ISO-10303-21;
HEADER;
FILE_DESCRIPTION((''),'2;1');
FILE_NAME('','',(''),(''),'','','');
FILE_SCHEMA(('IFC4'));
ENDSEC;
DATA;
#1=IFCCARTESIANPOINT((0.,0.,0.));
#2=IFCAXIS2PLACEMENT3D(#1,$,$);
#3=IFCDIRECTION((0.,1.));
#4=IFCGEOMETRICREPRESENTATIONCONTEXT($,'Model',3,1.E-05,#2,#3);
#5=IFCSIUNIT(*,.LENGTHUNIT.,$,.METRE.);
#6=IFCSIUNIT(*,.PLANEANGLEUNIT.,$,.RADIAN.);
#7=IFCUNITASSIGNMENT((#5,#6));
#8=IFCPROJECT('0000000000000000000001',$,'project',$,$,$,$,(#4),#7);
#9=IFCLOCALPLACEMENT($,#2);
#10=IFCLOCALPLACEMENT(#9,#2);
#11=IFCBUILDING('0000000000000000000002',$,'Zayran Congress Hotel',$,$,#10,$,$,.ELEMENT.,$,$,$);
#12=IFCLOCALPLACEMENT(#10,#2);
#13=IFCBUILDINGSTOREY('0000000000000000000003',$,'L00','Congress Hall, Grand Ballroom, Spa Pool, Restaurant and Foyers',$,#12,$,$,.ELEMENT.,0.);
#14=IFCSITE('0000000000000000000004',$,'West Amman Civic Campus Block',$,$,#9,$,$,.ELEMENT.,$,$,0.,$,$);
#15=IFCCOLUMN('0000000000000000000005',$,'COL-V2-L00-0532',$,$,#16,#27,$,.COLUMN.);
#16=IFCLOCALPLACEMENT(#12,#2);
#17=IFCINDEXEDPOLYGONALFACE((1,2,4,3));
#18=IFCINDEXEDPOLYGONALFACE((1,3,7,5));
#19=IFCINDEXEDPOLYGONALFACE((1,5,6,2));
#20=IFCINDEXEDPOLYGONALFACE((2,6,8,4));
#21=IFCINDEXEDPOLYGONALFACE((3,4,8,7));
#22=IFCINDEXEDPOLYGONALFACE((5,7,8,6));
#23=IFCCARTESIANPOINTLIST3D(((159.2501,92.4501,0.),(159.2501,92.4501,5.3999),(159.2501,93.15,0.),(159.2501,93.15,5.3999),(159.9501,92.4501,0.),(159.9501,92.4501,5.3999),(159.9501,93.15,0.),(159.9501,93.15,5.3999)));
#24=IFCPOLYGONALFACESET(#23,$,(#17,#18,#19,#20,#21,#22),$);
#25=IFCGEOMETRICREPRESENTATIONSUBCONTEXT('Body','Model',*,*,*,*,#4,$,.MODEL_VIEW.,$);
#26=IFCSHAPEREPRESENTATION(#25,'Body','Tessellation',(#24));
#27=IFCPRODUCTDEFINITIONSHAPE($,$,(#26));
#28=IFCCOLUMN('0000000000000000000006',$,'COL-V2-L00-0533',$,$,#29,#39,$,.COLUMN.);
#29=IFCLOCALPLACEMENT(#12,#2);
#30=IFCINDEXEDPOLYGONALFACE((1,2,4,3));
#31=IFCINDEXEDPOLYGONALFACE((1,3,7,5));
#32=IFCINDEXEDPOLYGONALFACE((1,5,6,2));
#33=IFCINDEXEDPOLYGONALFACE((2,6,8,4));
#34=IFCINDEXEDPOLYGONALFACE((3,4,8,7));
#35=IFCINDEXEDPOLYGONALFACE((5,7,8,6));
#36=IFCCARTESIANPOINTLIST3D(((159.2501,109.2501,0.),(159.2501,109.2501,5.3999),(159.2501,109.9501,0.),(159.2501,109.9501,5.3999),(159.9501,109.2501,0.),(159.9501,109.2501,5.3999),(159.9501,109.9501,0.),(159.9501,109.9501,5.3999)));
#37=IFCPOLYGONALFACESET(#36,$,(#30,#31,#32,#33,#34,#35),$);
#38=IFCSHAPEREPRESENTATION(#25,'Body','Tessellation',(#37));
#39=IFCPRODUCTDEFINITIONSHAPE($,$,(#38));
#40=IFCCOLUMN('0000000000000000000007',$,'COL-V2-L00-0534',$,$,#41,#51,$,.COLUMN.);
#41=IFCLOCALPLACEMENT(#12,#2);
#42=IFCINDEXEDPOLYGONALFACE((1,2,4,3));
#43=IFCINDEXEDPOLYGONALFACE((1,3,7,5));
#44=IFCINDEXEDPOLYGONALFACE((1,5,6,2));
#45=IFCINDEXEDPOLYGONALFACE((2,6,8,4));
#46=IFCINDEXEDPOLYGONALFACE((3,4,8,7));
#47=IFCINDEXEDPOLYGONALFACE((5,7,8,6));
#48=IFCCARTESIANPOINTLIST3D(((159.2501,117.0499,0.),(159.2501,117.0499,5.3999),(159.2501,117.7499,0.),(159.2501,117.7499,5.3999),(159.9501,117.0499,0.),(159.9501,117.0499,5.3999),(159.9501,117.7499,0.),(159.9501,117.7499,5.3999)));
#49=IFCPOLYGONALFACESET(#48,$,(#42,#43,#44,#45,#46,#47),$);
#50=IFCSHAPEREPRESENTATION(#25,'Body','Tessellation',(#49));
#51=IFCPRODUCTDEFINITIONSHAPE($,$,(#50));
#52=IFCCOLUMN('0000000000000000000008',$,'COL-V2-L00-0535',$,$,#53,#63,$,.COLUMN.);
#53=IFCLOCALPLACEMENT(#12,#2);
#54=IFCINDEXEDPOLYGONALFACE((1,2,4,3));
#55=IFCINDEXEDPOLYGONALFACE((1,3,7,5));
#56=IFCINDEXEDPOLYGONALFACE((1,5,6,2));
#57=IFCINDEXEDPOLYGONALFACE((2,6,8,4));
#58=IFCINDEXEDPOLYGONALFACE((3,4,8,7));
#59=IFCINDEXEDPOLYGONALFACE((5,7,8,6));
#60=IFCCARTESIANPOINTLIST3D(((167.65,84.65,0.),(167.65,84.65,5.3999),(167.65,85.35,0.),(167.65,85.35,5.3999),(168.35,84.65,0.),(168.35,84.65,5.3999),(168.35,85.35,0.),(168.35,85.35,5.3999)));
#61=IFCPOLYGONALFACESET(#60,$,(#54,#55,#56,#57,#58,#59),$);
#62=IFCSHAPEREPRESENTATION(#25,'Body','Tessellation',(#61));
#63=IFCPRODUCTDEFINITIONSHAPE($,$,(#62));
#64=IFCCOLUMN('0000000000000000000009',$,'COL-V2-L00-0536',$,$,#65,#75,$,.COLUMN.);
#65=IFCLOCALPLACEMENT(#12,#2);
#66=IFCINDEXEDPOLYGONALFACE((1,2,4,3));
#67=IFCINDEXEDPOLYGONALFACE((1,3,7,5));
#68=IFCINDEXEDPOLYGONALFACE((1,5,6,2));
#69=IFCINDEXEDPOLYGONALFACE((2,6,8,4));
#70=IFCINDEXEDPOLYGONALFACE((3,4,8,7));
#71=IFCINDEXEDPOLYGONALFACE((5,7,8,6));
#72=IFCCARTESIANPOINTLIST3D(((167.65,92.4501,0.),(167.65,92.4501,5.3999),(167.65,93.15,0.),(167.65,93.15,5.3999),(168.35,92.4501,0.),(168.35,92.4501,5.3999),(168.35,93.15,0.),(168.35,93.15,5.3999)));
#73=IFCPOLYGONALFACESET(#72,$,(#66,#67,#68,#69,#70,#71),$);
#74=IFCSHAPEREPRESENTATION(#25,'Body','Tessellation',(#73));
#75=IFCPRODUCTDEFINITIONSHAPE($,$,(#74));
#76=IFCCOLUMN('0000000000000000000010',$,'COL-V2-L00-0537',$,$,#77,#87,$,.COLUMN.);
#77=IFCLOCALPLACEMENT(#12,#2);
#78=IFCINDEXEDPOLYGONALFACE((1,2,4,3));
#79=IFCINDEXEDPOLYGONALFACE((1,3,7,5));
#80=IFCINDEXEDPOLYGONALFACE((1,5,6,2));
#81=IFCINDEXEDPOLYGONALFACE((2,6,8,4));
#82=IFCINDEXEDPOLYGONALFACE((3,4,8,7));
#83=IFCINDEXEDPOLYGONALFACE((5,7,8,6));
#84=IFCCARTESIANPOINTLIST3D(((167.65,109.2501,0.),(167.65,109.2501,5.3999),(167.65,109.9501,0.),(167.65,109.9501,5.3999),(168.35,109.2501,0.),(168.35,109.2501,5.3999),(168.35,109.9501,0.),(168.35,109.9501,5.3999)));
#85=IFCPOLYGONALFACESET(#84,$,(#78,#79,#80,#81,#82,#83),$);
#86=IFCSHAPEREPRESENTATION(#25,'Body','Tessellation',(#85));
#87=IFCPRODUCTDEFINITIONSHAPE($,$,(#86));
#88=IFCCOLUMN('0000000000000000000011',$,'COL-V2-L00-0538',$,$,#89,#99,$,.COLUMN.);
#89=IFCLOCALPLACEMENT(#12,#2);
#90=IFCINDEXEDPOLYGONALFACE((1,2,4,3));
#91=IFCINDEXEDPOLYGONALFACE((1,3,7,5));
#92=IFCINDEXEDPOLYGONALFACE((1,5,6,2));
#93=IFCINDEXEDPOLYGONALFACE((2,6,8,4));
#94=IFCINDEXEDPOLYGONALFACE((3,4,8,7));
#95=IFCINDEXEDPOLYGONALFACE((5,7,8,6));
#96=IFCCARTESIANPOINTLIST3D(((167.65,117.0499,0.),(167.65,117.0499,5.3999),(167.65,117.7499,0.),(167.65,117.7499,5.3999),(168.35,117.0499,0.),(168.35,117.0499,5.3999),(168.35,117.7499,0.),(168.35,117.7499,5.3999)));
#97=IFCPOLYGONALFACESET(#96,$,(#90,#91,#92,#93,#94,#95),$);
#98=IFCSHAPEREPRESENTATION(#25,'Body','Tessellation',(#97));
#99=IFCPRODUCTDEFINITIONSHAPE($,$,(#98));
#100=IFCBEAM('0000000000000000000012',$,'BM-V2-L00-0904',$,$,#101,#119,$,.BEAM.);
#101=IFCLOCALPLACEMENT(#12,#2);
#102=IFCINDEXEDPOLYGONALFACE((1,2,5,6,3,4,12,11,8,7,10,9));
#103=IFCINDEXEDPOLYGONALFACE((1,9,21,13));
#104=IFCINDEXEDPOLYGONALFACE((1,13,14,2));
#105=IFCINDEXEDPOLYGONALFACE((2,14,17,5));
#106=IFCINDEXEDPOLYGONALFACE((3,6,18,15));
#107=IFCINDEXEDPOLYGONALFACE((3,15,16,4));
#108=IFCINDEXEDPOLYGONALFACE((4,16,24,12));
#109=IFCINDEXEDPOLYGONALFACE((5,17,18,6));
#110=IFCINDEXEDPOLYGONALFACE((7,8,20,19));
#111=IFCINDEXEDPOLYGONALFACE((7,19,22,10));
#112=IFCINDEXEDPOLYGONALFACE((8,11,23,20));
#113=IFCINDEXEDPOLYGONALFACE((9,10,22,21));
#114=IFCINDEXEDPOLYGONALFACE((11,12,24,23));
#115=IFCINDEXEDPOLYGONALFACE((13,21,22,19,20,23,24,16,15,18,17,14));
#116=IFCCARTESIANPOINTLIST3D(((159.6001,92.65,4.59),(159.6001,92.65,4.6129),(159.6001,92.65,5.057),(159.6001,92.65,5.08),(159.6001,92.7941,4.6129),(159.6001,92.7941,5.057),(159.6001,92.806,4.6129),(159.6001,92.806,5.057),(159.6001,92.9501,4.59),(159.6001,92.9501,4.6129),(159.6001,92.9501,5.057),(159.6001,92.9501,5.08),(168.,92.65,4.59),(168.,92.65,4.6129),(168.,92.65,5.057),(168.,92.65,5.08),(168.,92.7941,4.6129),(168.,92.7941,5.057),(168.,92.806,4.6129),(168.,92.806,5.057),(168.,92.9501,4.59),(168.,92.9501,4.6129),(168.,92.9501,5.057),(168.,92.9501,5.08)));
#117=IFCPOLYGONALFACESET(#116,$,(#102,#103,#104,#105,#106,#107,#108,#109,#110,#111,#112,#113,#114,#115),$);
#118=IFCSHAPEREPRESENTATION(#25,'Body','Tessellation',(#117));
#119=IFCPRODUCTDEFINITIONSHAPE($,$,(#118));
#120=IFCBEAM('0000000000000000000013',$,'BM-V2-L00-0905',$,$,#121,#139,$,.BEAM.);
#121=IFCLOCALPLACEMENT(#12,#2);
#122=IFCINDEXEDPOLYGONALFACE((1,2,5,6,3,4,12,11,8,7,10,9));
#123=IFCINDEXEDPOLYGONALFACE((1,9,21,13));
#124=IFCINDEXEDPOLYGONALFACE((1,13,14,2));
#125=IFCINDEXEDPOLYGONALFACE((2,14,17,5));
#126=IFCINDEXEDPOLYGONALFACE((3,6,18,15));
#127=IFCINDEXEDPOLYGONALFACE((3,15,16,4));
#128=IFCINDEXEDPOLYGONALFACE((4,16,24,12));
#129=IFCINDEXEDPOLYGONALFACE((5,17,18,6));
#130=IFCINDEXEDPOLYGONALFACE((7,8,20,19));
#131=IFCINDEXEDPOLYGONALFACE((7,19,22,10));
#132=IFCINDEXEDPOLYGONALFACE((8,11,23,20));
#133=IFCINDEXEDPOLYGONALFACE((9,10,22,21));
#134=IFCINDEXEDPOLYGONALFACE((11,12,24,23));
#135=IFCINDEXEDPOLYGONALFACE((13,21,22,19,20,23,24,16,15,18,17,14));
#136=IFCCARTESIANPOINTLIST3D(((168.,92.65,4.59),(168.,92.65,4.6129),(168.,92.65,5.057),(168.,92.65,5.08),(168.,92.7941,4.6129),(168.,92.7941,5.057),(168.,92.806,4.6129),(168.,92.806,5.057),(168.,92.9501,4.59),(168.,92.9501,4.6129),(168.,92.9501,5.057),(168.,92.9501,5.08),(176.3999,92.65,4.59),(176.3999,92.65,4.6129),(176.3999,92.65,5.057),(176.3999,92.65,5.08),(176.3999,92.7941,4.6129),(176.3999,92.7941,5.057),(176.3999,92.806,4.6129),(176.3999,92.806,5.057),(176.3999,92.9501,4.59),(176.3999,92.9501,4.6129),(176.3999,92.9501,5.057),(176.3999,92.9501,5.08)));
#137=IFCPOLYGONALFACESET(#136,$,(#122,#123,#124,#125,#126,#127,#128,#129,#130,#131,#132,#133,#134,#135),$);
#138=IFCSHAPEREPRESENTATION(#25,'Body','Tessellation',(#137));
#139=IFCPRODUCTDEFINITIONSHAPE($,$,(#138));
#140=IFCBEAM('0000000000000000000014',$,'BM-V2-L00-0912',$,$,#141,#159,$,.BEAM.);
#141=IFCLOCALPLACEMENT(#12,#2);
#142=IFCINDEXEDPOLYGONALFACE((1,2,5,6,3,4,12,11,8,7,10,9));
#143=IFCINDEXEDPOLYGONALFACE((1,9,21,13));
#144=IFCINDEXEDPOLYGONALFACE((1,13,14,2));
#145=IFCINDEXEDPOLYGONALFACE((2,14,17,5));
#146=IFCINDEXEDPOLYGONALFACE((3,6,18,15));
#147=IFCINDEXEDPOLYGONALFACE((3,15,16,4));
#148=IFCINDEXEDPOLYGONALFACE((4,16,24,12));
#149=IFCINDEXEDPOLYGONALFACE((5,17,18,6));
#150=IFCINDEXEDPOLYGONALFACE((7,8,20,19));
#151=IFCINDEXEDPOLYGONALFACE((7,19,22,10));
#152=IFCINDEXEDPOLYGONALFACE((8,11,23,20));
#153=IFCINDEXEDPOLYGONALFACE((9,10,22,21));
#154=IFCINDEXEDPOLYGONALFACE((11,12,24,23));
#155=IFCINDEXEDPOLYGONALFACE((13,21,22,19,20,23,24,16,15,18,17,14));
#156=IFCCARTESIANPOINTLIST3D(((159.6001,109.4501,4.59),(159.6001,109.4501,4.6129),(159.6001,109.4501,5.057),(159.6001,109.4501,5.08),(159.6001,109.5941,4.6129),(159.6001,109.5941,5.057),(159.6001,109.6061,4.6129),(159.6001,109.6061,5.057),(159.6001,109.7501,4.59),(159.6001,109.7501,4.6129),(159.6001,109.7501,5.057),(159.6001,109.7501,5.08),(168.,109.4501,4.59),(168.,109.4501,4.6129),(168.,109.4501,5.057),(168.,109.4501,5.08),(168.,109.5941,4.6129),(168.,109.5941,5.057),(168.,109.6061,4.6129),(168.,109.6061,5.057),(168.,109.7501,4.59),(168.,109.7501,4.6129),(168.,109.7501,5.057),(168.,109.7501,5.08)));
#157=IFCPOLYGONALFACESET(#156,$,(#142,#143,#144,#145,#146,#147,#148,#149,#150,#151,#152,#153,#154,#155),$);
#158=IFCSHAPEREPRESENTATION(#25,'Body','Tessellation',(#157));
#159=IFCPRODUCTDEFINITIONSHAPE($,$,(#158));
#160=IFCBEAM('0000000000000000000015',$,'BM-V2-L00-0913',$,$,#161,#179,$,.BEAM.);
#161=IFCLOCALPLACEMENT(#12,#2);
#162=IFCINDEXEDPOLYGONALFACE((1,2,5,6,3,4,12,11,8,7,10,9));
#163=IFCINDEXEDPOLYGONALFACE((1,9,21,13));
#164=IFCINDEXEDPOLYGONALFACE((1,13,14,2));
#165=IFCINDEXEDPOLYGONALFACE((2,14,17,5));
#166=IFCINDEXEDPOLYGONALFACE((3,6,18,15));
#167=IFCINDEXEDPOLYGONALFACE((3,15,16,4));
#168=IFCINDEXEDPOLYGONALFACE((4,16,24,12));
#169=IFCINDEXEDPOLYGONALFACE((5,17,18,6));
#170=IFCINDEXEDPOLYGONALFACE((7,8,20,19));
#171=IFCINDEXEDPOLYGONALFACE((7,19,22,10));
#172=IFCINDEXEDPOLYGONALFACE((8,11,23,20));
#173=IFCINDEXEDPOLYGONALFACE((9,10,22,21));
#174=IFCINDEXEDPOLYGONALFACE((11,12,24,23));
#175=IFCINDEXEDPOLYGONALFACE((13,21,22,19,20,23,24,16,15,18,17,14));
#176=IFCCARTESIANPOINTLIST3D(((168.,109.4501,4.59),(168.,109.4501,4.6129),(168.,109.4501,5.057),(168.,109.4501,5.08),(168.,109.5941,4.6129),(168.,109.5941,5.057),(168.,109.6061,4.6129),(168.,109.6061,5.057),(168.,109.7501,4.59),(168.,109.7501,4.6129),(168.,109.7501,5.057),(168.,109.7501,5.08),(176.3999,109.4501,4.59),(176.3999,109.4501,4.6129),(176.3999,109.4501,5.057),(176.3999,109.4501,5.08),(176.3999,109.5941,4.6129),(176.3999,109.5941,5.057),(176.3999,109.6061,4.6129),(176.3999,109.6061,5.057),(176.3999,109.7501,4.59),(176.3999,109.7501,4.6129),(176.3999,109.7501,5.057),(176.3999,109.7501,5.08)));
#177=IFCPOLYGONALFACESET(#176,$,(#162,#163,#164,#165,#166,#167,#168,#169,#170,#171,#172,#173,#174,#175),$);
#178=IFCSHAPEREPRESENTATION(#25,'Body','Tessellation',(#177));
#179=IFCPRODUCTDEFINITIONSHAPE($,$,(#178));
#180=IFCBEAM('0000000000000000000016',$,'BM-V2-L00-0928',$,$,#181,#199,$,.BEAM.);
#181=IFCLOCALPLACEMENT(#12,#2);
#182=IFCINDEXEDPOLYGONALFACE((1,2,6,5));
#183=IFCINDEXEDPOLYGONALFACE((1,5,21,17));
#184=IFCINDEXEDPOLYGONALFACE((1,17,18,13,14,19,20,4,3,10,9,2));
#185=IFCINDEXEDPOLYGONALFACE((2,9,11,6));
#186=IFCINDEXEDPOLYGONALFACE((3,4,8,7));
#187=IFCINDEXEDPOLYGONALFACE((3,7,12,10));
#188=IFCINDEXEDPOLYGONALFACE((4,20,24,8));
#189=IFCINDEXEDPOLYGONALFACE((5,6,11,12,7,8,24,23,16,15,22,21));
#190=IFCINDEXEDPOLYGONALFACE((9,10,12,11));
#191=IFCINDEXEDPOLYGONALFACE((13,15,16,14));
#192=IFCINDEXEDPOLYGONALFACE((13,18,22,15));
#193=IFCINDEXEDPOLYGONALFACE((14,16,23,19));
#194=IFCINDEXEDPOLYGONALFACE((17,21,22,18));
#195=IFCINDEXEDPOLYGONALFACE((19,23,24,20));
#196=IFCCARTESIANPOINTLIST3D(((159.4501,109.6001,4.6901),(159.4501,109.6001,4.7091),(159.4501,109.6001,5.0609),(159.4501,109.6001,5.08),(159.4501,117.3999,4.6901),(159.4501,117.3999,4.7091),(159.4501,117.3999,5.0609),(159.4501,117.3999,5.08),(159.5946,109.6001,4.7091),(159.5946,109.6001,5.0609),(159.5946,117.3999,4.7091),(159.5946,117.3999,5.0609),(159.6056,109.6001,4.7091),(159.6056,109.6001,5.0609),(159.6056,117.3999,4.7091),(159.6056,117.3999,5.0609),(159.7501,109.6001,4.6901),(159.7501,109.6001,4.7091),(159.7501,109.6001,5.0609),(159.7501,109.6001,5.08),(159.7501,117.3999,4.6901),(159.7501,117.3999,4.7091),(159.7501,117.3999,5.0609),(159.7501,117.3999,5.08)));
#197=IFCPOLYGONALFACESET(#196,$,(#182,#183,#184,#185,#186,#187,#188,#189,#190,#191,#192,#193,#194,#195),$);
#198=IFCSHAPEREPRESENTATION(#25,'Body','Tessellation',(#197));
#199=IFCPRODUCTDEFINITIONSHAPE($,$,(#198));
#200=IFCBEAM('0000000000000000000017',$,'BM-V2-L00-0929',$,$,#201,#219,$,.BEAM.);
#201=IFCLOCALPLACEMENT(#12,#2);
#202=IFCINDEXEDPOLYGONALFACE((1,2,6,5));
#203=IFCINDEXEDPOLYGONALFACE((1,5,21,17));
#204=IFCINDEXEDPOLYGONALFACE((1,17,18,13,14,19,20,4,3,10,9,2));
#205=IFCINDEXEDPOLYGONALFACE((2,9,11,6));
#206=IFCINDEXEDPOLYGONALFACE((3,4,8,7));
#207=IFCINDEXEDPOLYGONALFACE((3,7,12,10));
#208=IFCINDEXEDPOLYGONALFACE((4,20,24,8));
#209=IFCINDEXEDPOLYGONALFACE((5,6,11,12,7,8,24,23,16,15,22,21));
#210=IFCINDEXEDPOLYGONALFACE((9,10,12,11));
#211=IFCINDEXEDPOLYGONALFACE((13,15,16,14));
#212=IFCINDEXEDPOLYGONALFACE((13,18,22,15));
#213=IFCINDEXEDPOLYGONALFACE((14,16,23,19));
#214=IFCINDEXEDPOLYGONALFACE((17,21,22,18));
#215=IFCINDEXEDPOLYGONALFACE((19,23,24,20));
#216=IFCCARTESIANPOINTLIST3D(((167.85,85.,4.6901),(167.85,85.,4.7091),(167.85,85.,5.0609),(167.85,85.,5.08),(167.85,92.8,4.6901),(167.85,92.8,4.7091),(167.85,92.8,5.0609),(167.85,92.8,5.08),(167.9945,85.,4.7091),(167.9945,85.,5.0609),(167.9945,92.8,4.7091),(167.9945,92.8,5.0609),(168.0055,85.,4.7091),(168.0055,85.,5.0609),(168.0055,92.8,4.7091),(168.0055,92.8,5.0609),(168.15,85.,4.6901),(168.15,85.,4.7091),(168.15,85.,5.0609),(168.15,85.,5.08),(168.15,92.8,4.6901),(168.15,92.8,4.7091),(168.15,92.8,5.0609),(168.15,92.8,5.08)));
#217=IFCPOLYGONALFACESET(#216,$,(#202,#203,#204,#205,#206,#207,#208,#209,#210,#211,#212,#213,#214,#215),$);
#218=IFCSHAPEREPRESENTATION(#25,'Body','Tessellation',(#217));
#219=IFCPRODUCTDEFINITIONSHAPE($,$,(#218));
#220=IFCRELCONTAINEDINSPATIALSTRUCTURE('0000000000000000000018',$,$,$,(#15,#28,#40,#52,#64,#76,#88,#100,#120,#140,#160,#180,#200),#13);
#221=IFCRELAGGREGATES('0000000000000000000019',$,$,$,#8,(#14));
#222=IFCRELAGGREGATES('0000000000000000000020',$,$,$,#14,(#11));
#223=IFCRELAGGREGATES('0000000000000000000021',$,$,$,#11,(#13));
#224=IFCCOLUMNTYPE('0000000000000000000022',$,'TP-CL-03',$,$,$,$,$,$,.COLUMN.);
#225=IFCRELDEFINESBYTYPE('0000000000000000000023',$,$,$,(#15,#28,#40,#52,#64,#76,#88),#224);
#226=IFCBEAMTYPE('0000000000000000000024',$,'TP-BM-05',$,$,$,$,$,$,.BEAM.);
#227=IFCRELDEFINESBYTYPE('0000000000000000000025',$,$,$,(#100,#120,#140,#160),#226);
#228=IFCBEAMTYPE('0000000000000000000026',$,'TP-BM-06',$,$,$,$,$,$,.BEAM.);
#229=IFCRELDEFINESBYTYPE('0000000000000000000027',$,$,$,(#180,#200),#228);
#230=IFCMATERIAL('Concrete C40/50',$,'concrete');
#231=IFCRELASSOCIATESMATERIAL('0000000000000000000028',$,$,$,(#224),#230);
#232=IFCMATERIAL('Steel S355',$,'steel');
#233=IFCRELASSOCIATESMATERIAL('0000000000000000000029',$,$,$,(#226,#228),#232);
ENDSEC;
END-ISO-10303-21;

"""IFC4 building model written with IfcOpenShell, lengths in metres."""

from ifc_helpers import new_model, si_unit, direction, frame, origin, origin_2d, place, context, subcontext, project, spatial, rectangle, i_section, extrude, material, material_profile, profile_set, type_object, element, save


model = new_model("IFC4")

# Units and contexts
model_context = context("Model", 3, precision=1e-05, world=origin(), true_north=direction((0.0, 1.0)))
body_context = subcontext(model_context, "Body", "Model", "MODEL_VIEW")
ifc_project = project(units=[si_unit("LENGTHUNIT", "METRE"), si_unit("PLANEANGLEUNIT", "RADIAN")], contexts=[model_context])

# Site, building, storey
site_placement = place(None, origin())
site = spatial("IfcSite", under=ifc_project, at=site_placement, Name="West Amman Civic Campus Block", CompositionType="ELEMENT", RefElevation=0.0)
building_placement = place(site_placement, origin())
building = spatial("IfcBuilding", under=site, at=building_placement, Name="Zayran Congress Hotel", CompositionType="ELEMENT")
storey_placement = place(building_placement, origin())
storey = spatial("IfcBuildingStorey", under=building, at=storey_placement, Name="L00", Description="Congress Hall, Grand Ballroom, Spa Pool, Restaurant and Foyers", CompositionType="ELEMENT", Elevation=0.0)

# Columns
ifc_material_1 = material(Name="Concrete C40/50", Category="concrete")
ifc_material_profile_1 = material_profile(ifc_material_1, rectangle(XDim=0.7, YDim=0.7, at=origin_2d()), Name="RC 700x700")
ifc_profile_set_1 = profile_set([ifc_material_profile_1], Name="Concrete C40/50")
column_type = type_object("IfcColumnType", Name="TP-CL-03", PredefinedType="COLUMN", material=ifc_profile_set_1)
for number, where, z_axis, x_axis, name in (
    (1, (159.6001, 92.8, 0.0), (0.0, 0.0, 1.0), (1.0, 0.0, 0.0), "COL-V2-L00-0532"),
    (2, (159.6001, 109.6001, 0.0), (0.0, 0.0, 1.0), (1.0, 0.0, 0.0), "COL-V2-L00-0533"),
    (3, (159.6001, 117.3999, 0.0), (0.0, 0.0, 1.0), (1.0, 0.0, 0.0), "COL-V2-L00-0534"),
    (4, (168.0, 85.0, 0.0), (0.0, 0.0, 1.0), (1.0, 0.0, 0.0), "COL-V2-L00-0535"),
    (5, (168.0, 92.8, 0.0), (0.0, 0.0, 1.0), (1.0, 0.0, 0.0), "COL-V2-L00-0536"),
    (6, (168.0, 109.6001, 0.0), (0.0, 0.0, 1.0), (1.0, 0.0, 0.0), "COL-V2-L00-0537"),
    (7, (168.0, 117.3999, 0.0), (0.0, 0.0, 1.0), (1.0, 0.0, 0.0), "COL-V2-L00-0538"),
):
    element("IfcColumn", number, at=place(storey_placement, frame(where, z_axis=z_axis, x_axis=x_axis)), inside=storey, type_object=column_type, Name=name, PredefinedType="COLUMN", context=body_context, shape_type="SweptSolid", body=[
        extrude(rectangle(XDim=0.7, YDim=0.7, at=origin_2d()), origin(), (0.0, 0.0, 1.0), 5.3999),
    ])

# Beams
ifc_material_2 = material(Name="Steel S355", Category="steel")
ifc_material_profile_2 = material_profile(ifc_material_2, i_section(OverallWidth=0.3, OverallDepth=0.49, WebThickness=0.012, FlangeThickness=0.0229, at=origin_2d()), Name="HEA 500")
ifc_profile_set_2 = profile_set([ifc_material_profile_2], Name="Steel S355")
beam_type_1 = type_object("IfcBeamType", Name="TP-BM-05", PredefinedType="BEAM", material=ifc_profile_set_2)
for number, where, z_axis, x_axis, name in (
    (8, (159.6001, 92.8, 4.835), (1.0, 0.0, 0.0), (0.0, 1.0, 0.0), "BM-V2-L00-0904"),
    (9, (168.0, 92.8, 4.835), (1.0, 0.0, 0.0), (0.0, 1.0, 0.0), "BM-V2-L00-0905"),
    (10, (159.6001, 109.6001, 4.835), (1.0, 0.0, 0.0), (0.0, 1.0, 0.0), "BM-V2-L00-0912"),
    (11, (168.0, 109.6001, 4.835), (1.0, 0.0, 0.0), (0.0, 1.0, 0.0), "BM-V2-L00-0913"),
):
    element("IfcBeam", number, at=place(storey_placement, frame(where, z_axis=z_axis, x_axis=x_axis)), inside=storey, type_object=beam_type_1, Name=name, PredefinedType="BEAM", context=body_context, shape_type="SweptSolid", body=[
        extrude(i_section(OverallWidth=0.3, OverallDepth=0.49, WebThickness=0.012, FlangeThickness=0.0229, at=origin_2d()), origin(), (0.0, 0.0, 1.0), 8.3999),
    ])
ifc_material_profile_3 = material_profile(ifc_material_2, i_section(OverallWidth=0.3, OverallDepth=0.3899, WebThickness=0.011, FlangeThickness=0.019, at=origin_2d()), Name="HEA 400")
ifc_profile_set_3 = profile_set([ifc_material_profile_3], Name="Steel S355")
beam_type_2 = type_object("IfcBeamType", Name="TP-BM-06", PredefinedType="BEAM", material=ifc_profile_set_3)
beam_1_placement = place(storey_placement, frame((159.6001, 109.6001, 4.885), z_axis=(0.0, 1.0, 0.0), x_axis=(-1.0, 0.0, 0.0)))
element("IfcBeam", 12, at=beam_1_placement, inside=storey, type_object=beam_type_2, Name="BM-V2-L00-0928", PredefinedType="BEAM", context=body_context, shape_type="SweptSolid", body=[
    extrude(i_section(OverallWidth=0.3, OverallDepth=0.3899, WebThickness=0.011, FlangeThickness=0.019, at=origin_2d()), origin(), (0.0, 0.0, 1.0), 7.7998),
])
beam_2_placement = place(storey_placement, frame((168.0, 85.0, 4.885), z_axis=(0.0, 1.0, 0.0), x_axis=(-1.0, 0.0, 0.0)))
element("IfcBeam", 13, at=beam_2_placement, inside=storey, type_object=beam_type_2, Name="BM-V2-L00-0929", PredefinedType="BEAM", context=body_context, shape_type="SweptSolid", body=[
    extrude(i_section(OverallWidth=0.3, OverallDepth=0.3899, WebThickness=0.011, FlangeThickness=0.019, at=origin_2d()), origin(), (0.0, 0.0, 1.0), 7.8),
])

save(model, "model.ifc")
